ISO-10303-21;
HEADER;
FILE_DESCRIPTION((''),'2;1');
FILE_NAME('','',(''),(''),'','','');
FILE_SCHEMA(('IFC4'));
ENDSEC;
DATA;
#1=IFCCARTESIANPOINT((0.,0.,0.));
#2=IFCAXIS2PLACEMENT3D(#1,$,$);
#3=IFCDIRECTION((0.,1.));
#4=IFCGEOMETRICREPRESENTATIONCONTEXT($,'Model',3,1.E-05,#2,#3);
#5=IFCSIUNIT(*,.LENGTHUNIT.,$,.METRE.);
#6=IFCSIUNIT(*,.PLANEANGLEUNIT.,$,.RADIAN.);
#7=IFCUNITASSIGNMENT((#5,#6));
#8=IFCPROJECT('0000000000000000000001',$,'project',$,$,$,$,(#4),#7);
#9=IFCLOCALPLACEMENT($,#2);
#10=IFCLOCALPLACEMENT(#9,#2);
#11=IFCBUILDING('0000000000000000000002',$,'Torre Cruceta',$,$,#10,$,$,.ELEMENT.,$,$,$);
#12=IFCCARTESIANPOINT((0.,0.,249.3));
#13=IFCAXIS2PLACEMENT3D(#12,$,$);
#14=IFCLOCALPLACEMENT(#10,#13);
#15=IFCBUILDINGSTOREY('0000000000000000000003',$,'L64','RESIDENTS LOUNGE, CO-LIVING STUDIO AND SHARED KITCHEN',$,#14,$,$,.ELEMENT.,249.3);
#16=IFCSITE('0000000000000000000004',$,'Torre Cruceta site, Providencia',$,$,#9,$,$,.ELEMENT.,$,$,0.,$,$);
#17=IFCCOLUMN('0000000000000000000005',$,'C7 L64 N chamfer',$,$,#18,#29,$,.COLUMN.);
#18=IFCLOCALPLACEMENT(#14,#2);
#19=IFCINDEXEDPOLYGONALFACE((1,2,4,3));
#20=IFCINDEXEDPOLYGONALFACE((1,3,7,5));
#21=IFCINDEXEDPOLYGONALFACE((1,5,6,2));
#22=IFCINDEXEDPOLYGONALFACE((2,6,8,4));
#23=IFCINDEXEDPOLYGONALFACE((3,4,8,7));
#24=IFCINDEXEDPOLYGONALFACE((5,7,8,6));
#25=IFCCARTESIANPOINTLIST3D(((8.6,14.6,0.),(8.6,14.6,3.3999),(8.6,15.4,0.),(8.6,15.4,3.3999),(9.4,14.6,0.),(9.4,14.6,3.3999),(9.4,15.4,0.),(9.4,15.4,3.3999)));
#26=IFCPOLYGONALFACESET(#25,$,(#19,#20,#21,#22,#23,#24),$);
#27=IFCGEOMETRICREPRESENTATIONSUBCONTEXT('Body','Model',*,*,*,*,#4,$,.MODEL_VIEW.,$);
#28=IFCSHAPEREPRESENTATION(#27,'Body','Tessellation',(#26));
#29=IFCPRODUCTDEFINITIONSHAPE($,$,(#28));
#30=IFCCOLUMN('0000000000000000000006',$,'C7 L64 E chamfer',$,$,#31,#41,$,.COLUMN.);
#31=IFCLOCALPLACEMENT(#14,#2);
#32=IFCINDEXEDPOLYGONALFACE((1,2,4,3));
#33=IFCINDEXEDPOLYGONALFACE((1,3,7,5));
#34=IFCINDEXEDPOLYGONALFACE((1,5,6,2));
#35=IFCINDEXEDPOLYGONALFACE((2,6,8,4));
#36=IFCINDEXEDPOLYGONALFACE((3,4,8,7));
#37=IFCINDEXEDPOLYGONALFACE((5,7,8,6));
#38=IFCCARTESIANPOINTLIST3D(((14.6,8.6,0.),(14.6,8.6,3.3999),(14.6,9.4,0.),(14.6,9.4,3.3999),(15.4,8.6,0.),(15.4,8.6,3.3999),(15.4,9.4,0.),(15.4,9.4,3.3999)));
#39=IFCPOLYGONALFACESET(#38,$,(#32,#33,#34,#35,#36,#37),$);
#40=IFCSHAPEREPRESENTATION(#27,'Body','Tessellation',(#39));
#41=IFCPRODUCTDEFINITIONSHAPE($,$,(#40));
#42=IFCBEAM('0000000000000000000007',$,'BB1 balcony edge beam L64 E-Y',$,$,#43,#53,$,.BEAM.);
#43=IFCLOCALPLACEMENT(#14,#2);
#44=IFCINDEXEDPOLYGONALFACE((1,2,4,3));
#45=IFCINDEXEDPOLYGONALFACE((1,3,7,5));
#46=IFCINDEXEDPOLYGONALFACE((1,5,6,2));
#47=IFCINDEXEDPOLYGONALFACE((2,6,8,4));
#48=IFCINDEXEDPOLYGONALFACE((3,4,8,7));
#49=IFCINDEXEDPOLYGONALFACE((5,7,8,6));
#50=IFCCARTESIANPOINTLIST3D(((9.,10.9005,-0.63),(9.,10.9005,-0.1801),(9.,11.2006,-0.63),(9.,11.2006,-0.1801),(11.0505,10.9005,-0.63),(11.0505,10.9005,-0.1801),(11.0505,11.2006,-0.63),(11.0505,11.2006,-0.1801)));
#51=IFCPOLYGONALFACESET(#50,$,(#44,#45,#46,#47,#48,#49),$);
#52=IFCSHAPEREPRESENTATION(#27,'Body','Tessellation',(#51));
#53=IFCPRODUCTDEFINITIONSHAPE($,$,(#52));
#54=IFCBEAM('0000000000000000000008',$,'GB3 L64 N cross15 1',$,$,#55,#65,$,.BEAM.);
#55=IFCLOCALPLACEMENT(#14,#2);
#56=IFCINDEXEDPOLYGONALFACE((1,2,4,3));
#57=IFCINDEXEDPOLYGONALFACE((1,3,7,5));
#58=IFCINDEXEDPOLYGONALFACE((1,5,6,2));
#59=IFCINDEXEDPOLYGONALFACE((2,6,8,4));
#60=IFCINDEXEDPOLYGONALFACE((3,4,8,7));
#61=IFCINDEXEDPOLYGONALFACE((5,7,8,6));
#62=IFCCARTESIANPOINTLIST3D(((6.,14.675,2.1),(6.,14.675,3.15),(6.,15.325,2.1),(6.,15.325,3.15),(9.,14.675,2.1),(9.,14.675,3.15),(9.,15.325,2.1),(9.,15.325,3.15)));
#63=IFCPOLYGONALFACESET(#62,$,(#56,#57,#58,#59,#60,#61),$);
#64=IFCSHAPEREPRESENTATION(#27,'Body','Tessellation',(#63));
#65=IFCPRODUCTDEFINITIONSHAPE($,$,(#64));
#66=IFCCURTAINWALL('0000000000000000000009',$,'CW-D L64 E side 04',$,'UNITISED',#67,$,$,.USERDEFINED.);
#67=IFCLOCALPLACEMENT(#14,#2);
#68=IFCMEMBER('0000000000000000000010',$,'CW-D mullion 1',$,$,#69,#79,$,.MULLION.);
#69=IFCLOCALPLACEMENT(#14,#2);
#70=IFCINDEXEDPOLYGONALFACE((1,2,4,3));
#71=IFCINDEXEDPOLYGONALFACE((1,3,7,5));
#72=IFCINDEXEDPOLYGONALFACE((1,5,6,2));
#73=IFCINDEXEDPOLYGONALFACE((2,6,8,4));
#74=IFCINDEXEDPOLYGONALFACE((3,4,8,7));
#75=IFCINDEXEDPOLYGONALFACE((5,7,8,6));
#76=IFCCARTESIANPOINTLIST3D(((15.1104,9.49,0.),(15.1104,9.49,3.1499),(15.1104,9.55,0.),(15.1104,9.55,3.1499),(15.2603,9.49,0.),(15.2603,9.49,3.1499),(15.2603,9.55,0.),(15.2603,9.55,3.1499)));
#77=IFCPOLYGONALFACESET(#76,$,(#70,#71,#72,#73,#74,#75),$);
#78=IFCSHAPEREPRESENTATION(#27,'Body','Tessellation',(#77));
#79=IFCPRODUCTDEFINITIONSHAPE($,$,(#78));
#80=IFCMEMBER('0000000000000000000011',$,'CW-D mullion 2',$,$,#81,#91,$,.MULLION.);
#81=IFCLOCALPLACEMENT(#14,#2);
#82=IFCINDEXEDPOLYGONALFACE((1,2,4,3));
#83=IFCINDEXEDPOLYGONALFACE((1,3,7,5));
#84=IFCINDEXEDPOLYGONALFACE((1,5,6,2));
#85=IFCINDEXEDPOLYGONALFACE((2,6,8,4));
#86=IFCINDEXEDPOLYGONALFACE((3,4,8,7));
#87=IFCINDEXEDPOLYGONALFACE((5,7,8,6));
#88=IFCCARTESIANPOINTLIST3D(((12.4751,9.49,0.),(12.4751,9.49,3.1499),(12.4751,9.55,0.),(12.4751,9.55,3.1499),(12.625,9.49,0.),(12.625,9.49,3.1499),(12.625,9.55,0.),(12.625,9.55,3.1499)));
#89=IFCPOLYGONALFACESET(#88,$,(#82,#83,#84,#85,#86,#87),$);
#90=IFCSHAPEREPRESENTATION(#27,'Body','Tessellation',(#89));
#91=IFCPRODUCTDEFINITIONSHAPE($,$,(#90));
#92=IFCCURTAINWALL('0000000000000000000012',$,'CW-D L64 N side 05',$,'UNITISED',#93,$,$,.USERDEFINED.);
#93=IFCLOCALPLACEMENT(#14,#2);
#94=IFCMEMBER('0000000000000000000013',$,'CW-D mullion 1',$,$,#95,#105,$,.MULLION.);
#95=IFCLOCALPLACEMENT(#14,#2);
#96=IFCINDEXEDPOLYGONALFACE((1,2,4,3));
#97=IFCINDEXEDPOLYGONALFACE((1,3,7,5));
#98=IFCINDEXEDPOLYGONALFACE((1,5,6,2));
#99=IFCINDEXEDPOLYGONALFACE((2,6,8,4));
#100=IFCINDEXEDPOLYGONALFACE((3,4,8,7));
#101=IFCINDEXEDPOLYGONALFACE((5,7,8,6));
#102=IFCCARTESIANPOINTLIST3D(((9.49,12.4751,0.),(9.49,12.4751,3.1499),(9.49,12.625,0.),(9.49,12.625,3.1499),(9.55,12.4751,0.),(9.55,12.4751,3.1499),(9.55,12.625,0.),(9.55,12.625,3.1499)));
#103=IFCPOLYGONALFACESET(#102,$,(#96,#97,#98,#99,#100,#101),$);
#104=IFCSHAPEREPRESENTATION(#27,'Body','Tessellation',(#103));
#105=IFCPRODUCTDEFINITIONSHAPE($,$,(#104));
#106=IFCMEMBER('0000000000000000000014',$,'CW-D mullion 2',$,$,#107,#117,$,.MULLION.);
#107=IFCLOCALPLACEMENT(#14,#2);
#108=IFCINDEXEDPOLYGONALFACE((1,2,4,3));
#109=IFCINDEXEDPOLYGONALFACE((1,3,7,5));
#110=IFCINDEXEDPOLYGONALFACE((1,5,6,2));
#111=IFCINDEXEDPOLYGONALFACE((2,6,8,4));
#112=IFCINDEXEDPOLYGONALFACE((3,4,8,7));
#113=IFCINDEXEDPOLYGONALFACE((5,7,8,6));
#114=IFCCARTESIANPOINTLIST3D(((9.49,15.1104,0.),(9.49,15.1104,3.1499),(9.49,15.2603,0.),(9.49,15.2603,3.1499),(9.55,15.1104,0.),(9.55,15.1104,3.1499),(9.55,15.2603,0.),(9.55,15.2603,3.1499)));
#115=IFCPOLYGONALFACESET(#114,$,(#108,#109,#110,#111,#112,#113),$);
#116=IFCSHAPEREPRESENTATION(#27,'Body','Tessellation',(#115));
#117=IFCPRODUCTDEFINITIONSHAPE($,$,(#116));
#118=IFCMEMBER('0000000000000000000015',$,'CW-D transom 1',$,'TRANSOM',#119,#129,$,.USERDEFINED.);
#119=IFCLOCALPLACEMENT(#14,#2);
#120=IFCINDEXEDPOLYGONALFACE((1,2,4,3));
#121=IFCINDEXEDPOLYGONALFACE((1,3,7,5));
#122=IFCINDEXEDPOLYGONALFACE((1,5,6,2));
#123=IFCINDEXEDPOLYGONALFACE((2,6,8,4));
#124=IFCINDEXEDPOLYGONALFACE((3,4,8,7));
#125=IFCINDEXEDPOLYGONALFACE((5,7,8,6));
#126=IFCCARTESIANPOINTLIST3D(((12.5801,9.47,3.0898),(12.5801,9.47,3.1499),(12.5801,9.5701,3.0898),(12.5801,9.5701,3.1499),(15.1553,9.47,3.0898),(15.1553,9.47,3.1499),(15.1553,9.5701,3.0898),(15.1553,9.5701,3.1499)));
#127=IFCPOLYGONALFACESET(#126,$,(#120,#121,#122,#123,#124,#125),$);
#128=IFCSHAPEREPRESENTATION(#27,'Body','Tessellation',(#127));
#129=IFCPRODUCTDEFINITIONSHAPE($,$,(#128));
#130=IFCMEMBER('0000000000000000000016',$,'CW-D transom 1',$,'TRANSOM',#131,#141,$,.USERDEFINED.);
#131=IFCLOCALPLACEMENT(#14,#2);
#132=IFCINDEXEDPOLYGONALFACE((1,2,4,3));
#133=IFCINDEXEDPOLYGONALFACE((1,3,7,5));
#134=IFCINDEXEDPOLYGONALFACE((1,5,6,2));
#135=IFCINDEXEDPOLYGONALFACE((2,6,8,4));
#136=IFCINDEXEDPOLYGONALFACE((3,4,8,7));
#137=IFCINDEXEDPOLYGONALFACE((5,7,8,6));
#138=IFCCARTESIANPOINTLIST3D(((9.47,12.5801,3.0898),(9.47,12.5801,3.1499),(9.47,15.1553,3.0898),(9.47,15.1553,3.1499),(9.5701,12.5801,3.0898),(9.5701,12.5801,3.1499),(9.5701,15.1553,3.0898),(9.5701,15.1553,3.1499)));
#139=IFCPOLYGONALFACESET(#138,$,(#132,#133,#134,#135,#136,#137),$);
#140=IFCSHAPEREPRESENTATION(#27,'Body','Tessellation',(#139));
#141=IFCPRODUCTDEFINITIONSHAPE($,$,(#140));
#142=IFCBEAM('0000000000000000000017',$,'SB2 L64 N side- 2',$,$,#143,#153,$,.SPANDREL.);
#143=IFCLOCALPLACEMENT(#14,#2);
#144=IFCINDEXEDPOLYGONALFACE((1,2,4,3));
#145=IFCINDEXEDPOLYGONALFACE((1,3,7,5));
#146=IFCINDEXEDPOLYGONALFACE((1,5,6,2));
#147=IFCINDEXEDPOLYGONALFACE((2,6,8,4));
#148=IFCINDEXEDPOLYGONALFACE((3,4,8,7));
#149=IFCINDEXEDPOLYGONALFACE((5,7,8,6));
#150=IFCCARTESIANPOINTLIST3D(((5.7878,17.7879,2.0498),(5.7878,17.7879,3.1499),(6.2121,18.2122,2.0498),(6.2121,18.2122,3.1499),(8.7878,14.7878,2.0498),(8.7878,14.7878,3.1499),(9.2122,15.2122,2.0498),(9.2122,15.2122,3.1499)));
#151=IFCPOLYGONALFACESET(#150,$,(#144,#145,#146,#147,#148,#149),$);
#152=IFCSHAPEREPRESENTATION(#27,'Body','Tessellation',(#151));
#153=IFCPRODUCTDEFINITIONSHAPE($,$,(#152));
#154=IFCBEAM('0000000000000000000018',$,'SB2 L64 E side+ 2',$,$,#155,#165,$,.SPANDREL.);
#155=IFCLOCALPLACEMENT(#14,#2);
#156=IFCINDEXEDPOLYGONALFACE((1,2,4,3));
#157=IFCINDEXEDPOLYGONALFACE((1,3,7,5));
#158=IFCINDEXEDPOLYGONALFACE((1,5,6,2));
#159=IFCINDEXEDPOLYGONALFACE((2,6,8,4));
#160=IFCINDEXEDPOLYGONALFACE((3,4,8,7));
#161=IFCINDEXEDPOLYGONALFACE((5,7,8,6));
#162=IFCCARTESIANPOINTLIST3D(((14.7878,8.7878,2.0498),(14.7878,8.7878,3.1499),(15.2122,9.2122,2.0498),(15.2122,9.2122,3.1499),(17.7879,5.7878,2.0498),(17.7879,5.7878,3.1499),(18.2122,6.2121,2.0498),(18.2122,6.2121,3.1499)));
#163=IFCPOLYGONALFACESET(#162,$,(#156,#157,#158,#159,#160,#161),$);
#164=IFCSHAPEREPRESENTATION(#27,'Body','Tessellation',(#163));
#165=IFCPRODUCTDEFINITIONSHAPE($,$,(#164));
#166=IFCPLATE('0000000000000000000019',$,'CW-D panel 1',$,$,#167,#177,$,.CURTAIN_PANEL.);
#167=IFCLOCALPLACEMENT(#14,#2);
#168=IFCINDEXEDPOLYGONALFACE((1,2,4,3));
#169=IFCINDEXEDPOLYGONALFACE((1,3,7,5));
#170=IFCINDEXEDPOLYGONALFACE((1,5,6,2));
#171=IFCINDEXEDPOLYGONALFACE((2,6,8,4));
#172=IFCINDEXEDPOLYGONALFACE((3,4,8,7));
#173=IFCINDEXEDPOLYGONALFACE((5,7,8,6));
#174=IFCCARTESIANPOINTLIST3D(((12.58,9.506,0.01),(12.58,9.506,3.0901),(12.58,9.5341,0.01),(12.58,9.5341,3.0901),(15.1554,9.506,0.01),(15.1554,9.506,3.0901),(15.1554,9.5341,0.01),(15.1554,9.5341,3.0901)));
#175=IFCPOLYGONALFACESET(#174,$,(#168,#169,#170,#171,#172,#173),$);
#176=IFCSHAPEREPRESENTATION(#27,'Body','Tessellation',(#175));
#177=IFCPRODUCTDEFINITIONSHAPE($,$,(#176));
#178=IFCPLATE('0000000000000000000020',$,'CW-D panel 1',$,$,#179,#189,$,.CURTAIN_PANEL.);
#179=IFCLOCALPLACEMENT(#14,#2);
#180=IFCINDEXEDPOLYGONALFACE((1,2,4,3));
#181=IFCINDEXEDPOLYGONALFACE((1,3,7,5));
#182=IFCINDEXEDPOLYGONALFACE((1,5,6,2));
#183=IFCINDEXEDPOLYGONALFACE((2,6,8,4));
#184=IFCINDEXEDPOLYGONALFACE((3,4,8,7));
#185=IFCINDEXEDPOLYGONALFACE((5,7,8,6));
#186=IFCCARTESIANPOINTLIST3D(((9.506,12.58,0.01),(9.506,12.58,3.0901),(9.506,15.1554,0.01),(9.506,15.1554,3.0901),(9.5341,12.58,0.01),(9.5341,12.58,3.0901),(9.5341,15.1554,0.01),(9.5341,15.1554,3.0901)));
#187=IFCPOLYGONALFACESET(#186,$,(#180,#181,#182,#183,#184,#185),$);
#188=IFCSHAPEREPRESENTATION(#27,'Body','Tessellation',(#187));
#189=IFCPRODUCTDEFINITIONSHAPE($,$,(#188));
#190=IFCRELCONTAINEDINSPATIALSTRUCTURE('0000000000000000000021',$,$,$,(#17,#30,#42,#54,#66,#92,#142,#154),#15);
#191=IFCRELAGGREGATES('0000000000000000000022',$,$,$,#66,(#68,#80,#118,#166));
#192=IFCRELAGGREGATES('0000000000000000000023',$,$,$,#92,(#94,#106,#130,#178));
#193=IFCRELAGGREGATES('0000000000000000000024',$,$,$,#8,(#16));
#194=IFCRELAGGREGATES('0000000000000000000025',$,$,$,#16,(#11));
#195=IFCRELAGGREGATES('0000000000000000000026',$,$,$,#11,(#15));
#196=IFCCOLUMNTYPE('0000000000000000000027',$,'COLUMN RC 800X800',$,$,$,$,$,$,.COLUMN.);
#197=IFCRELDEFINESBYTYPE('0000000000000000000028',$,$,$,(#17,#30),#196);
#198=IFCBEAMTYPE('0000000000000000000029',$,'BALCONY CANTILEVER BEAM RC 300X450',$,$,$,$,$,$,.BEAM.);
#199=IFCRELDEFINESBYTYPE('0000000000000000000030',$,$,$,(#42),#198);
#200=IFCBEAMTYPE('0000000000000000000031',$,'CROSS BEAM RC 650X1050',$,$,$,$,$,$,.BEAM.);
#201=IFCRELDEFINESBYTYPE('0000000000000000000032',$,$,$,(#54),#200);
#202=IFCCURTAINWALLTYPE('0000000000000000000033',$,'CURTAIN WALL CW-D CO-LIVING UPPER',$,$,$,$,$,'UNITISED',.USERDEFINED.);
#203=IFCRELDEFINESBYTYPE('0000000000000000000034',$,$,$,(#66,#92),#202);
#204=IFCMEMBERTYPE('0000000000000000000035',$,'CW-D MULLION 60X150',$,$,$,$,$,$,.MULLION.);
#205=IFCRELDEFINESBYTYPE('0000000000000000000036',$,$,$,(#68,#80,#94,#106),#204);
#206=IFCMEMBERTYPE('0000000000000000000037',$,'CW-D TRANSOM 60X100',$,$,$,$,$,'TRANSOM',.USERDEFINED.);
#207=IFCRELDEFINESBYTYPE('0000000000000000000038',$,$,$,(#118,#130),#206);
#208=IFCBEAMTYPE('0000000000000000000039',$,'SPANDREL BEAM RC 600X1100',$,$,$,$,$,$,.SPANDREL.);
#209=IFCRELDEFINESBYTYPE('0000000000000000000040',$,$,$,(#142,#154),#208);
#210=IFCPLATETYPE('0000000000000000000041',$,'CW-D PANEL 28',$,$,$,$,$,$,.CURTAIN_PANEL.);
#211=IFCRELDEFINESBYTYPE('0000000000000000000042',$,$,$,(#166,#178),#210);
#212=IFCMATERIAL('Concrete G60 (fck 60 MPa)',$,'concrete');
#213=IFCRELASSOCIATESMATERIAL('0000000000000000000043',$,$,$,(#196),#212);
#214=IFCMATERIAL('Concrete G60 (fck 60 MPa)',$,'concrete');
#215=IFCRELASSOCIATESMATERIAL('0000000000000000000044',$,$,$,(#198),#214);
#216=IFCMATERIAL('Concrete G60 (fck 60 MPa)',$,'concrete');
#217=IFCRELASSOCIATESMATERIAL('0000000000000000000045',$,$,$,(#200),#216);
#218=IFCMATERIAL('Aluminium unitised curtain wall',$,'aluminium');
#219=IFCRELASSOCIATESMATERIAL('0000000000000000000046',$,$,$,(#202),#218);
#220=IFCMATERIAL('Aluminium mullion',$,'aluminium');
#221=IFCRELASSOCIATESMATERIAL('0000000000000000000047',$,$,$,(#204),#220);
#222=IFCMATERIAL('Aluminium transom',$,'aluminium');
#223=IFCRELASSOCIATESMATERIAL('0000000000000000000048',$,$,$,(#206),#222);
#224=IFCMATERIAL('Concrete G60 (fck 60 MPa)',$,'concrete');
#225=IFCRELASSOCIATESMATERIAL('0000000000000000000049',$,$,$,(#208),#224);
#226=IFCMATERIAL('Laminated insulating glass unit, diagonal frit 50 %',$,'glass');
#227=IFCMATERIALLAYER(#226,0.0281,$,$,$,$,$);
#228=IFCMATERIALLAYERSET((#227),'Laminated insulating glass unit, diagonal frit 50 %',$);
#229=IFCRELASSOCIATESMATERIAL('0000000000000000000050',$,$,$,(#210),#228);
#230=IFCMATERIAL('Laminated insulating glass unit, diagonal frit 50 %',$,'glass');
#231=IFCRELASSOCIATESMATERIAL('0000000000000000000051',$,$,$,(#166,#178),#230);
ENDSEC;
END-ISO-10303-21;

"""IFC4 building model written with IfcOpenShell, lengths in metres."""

from ifc_helpers import new_model, si_unit, direction, frame, origin, origin_2d, place, context, subcontext, project, spatial, rectangle, extrude, material, layer, layer_set, material_profile, profile_set, type_object, element, aggregate, save


model = new_model("IFC4")

# Units and contexts
model_context = context("Model", 3, precision=1e-05, world=origin(), true_north=direction((0.0, 1.0)))
body_context = subcontext(model_context, "Body", "Model", "MODEL_VIEW")
ifc_project = project(units=[si_unit("LENGTHUNIT", "METRE"), si_unit("PLANEANGLEUNIT", "RADIAN")], contexts=[model_context])

# Site, building, storey
site_placement = place(None, origin())
site = spatial("IfcSite", under=ifc_project, at=site_placement, Name="Torre Cruceta site, Providencia", CompositionType="ELEMENT", RefElevation=0.0)
building_placement = place(site_placement, origin())
building = spatial("IfcBuilding", under=site, at=building_placement, Name="Torre Cruceta", CompositionType="ELEMENT")
storey_placement = place(building_placement, frame((0.0, 0.0, 249.3)))
storey = spatial("IfcBuildingStorey", under=building, at=storey_placement, Name="L64", Description="RESIDENTS LOUNGE, CO-LIVING STUDIO AND SHARED KITCHEN", CompositionType="ELEMENT", Elevation=249.3)

# Columns
ifc_material_1 = material(Name="Concrete G60 (fck 60 MPa)", Category="concrete")
ifc_material_profile_1 = material_profile(ifc_material_1, rectangle(XDim=0.8, YDim=0.8, at=origin_2d()), Name="RC 800X800")
ifc_profile_set_1 = profile_set([ifc_material_profile_1], Name="Concrete G60 (fck 60 MPa)")
column_type = type_object("IfcColumnType", Name="COLUMN RC 800X800", PredefinedType="COLUMN", material=ifc_profile_set_1)
for number, where, z_axis, x_axis, name in (
    (1, (9.0, 15.0, 0.0), (0.0, 0.0, 1.0), (1.0, 0.0, 0.0), "C7 L64 N chamfer"),
    (2, (15.0, 9.0, 0.0), (0.0, 0.0, 1.0), (1.0, 0.0, 0.0), "C7 L64 E chamfer"),
):
    element("IfcColumn", number, at=place(storey_placement, frame(where, z_axis=z_axis, x_axis=x_axis)), inside=storey, type_object=column_type, Name=name, PredefinedType="COLUMN", context=body_context, shape_type="SweptSolid", body=[
        extrude(rectangle(XDim=0.8, YDim=0.8, at=origin_2d()), origin(), (0.0, 0.0, 1.0), 3.3999),
    ])

# Beams
ifc_material_2 = material(Name="Concrete G60 (fck 60 MPa)", Category="concrete")
ifc_material_profile_2 = material_profile(ifc_material_2, rectangle(XDim=0.3, YDim=0.45, at=origin_2d()), Name="RC 300X450")
ifc_profile_set_2 = profile_set([ifc_material_profile_2], Name="Concrete G60 (fck 60 MPa)")
beam_type_1 = type_object("IfcBeamType", Name="BALCONY CANTILEVER BEAM RC 300X450", PredefinedType="BEAM", material=ifc_profile_set_2)
beam_1_placement = place(storey_placement, frame((9.0, 11.0505, -0.405), z_axis=(1.0, 0.0, 0.0), x_axis=(0.0, 1.0, 0.0)))
element("IfcBeam", 3, at=beam_1_placement, inside=storey, type_object=beam_type_1, Name="BB1 balcony edge beam L64 E-Y", PredefinedType="BEAM", context=body_context, shape_type="SweptSolid", body=[
    extrude(rectangle(XDim=0.3, YDim=0.45, at=origin_2d()), origin(), (0.0, 0.0, 1.0), 2.0505),
])
ifc_material_3 = material(Name="Concrete G60 (fck 60 MPa)", Category="concrete")
ifc_material_profile_3 = material_profile(ifc_material_3, rectangle(XDim=0.6499, YDim=1.05, at=origin_2d()), Name="RC 650X1050")
ifc_profile_set_3 = profile_set([ifc_material_profile_3], Name="Concrete G60 (fck 60 MPa)")
beam_type_2 = type_object("IfcBeamType", Name="CROSS BEAM RC 650X1050", PredefinedType="BEAM", material=ifc_profile_set_3)
beam_2_placement = place(storey_placement, frame((9.0, 15.0, 2.625), z_axis=(-1.0, 0.0, 0.0), x_axis=(0.0, -1.0, 0.0)))
element("IfcBeam", 4, at=beam_2_placement, inside=storey, type_object=beam_type_2, Name="GB3 L64 N cross15 1", PredefinedType="BEAM", context=body_context, shape_type="SweptSolid", body=[
    extrude(rectangle(XDim=0.6499, YDim=1.05, at=origin_2d()), origin(), (0.0, 0.0, 1.0), 3.0),
])

# Curtain walls, members
ifc_material_4 = material(Name="Aluminium unitised curtain wall", Category="aluminium")
curtain_wall_type = type_object("IfcCurtainWallType", Name="CURTAIN WALL CW-D CO-LIVING UPPER", ElementType="UNITISED", PredefinedType="USERDEFINED", material=ifc_material_4)
curtain_wall_1_placement = place(storey_placement, origin())
curtain_wall_1 = element("IfcCurtainWall", 5, at=curtain_wall_1_placement, inside=storey, type_object=curtain_wall_type, Name="CW-D L64 E side 04", ObjectType="UNITISED", PredefinedType="USERDEFINED")
ifc_material_5 = material(Name="Aluminium mullion", Category="aluminium")
ifc_material_profile_4 = material_profile(ifc_material_5, rectangle(XDim=0.0601, YDim=0.1499, at=origin_2d()), Name="AL 60X150")
ifc_profile_set_4 = profile_set([ifc_material_profile_4], Name="Aluminium mullion")
member_type_1 = type_object("IfcMemberType", Name="CW-D MULLION 60X150", PredefinedType="MULLION", material=ifc_profile_set_4)
member_1_placement = place(storey_placement, frame((15.1853, 9.52, 0.0), z_axis=(0.0, 0.0, 1.0), x_axis=(0.0, -1.0, 0.0)))
member_1 = element("IfcMember", 6, at=member_1_placement, type_object=member_type_1, Name="CW-D mullion 1", PredefinedType="MULLION", context=body_context, shape_type="SweptSolid", body=[
    extrude(rectangle(XDim=0.0601, YDim=0.1499, at=origin_2d()), origin(), (0.0, 0.0, 1.0), 3.1499),
])
member_2_placement = place(storey_placement, frame((12.55, 9.52, 0.0), z_axis=(0.0, 0.0, 1.0), x_axis=(0.0, -1.0, 0.0)))
member_2 = element("IfcMember", 7, at=member_2_placement, type_object=member_type_1, Name="CW-D mullion 2", PredefinedType="MULLION", context=body_context, shape_type="SweptSolid", body=[
    extrude(rectangle(XDim=0.0601, YDim=0.1499, at=origin_2d()), origin(), (0.0, 0.0, 1.0), 3.1499),
])
curtain_wall_2_placement = place(storey_placement, origin())
curtain_wall_2 = element("IfcCurtainWall", 8, at=curtain_wall_2_placement, inside=storey, type_object=curtain_wall_type, Name="CW-D L64 N side 05", ObjectType="UNITISED", PredefinedType="USERDEFINED")
member_3_placement = place(storey_placement, frame((9.52, 12.55, 0.0), z_axis=(0.0, 0.0, 1.0), x_axis=(-1.0, 0.0, 0.0)))
member_3 = element("IfcMember", 9, at=member_3_placement, type_object=member_type_1, Name="CW-D mullion 1", PredefinedType="MULLION", context=body_context, shape_type="SweptSolid", body=[
    extrude(rectangle(XDim=0.0601, YDim=0.1499, at=origin_2d()), origin(), (0.0, 0.0, 1.0), 3.1499),
])
member_4_placement = place(storey_placement, frame((9.52, 15.1853, 0.0), z_axis=(0.0, 0.0, 1.0), x_axis=(-1.0, 0.0, 0.0)))
member_4 = element("IfcMember", 10, at=member_4_placement, type_object=member_type_1, Name="CW-D mullion 2", PredefinedType="MULLION", context=body_context, shape_type="SweptSolid", body=[
    extrude(rectangle(XDim=0.0601, YDim=0.1499, at=origin_2d()), origin(), (0.0, 0.0, 1.0), 3.1499),
])

# Members
ifc_material_6 = material(Name="Aluminium transom", Category="aluminium")
ifc_material_profile_5 = material_profile(ifc_material_6, rectangle(XDim=0.1001, YDim=0.0601, at=origin_2d()), Name="AL 100X60")
ifc_profile_set_5 = profile_set([ifc_material_profile_5], Name="Aluminium transom")
member_type_2 = type_object("IfcMemberType", Name="CW-D TRANSOM 60X100", ElementType="TRANSOM", PredefinedType="USERDEFINED", material=ifc_profile_set_5)
member_5_placement = place(storey_placement, frame((15.1553, 9.52, 3.1199), z_axis=(-1.0, 0.0, 0.0), x_axis=(0.0, -1.0, 0.0)))
member_5 = element("IfcMember", 11, at=member_5_placement, type_object=member_type_2, Name="CW-D transom 1", ObjectType="TRANSOM", PredefinedType="USERDEFINED", context=body_context, shape_type="SweptSolid", body=[
    extrude(rectangle(XDim=0.1001, YDim=0.0601, at=origin_2d()), origin(), (0.0, 0.0, 1.0), 2.5752),
])
member_6_placement = place(storey_placement, frame((9.52, 12.5801, 3.1199), z_axis=(0.0, 1.0, 0.0), x_axis=(-1.0, 0.0, 0.0)))
member_6 = element("IfcMember", 12, at=member_6_placement, type_object=member_type_2, Name="CW-D transom 1", ObjectType="TRANSOM", PredefinedType="USERDEFINED", context=body_context, shape_type="SweptSolid", body=[
    extrude(rectangle(XDim=0.1001, YDim=0.0601, at=origin_2d()), origin(), (0.0, 0.0, 1.0), 2.5752),
])

# Beams
ifc_material_7 = material(Name="Concrete G60 (fck 60 MPa)", Category="concrete")
ifc_material_profile_6 = material_profile(ifc_material_7, rectangle(XDim=0.6001, YDim=1.1001, at=origin_2d()), Name="RC 600X1100")
ifc_profile_set_6 = profile_set([ifc_material_profile_6], Name="Concrete G60 (fck 60 MPa)")
beam_type_3 = type_object("IfcBeamType", Name="SPANDREL BEAM RC 600X1100", PredefinedType="SPANDREL", material=ifc_profile_set_6)
for number, where, z_axis, x_axis, name in (
    (13, (9.0, 15.0, 2.5999), (-0.707107, 0.707107, 0.0), (-0.707107, -0.707107, 0.0), "SB2 L64 N side- 2"),
    (14, (15.0, 9.0, 2.5999), (0.707107, -0.707107, 0.0), (0.707107, 0.707107, 0.0), "SB2 L64 E side+ 2"),
):
    element("IfcBeam", number, at=place(storey_placement, frame(where, z_axis=z_axis, x_axis=x_axis)), inside=storey, type_object=beam_type_3, Name=name, PredefinedType="SPANDREL", context=body_context, shape_type="SweptSolid", body=[
        extrude(rectangle(XDim=0.6001, YDim=1.1001, at=origin_2d()), origin(), (0.0, 0.0, 1.0), 4.2427),
    ])

# Plates
ifc_material_8 = material(Name="Laminated insulating glass unit, diagonal frit 50 %", Category="glass")
ifc_material_9 = material(Name="Laminated insulating glass unit, diagonal frit 50 %", Category="glass")
ifc_layer_1 = layer(ifc_material_9, 0.0281)
ifc_layer_set_1 = layer_set([ifc_layer_1], Name="Laminated insulating glass unit, diagonal frit 50 %")
plate_type = type_object("IfcPlateType", Name="CW-D PANEL 28", PredefinedType="CURTAIN_PANEL", material=ifc_layer_set_1)
plate_1_placement = place(storey_placement, frame((13.8677, 9.52, 0.01), z_axis=(0.0, 0.0, 1.0), x_axis=(-1.0, 0.0, 0.0)))
plate_1 = element("IfcPlate", 15, at=plate_1_placement, type_object=plate_type, material=ifc_material_8, Name="CW-D panel 1", PredefinedType="CURTAIN_PANEL", context=body_context, shape_type="SweptSolid", body=[
    extrude(rectangle(XDim=2.5754, YDim=0.0281, at=origin_2d()), origin(), (0.0, 0.0, 1.0), 3.0801),
])
aggregate(curtain_wall_1, [member_1, member_2, member_5, plate_1])
plate_2_placement = place(storey_placement, frame((9.52, 13.8677, 0.01), z_axis=(0.0, 0.0, 1.0), x_axis=(0.0, 1.0, 0.0)))
plate_2 = element("IfcPlate", 16, at=plate_2_placement, type_object=plate_type, material=ifc_material_8, Name="CW-D panel 1", PredefinedType="CURTAIN_PANEL", context=body_context, shape_type="SweptSolid", body=[
    extrude(rectangle(XDim=2.5754, YDim=0.0281, at=origin_2d()), origin(), (0.0, 0.0, 1.0), 3.0801),
])
aggregate(curtain_wall_2, [member_3, member_4, member_6, plate_2])

save(model, "model.ifc")
